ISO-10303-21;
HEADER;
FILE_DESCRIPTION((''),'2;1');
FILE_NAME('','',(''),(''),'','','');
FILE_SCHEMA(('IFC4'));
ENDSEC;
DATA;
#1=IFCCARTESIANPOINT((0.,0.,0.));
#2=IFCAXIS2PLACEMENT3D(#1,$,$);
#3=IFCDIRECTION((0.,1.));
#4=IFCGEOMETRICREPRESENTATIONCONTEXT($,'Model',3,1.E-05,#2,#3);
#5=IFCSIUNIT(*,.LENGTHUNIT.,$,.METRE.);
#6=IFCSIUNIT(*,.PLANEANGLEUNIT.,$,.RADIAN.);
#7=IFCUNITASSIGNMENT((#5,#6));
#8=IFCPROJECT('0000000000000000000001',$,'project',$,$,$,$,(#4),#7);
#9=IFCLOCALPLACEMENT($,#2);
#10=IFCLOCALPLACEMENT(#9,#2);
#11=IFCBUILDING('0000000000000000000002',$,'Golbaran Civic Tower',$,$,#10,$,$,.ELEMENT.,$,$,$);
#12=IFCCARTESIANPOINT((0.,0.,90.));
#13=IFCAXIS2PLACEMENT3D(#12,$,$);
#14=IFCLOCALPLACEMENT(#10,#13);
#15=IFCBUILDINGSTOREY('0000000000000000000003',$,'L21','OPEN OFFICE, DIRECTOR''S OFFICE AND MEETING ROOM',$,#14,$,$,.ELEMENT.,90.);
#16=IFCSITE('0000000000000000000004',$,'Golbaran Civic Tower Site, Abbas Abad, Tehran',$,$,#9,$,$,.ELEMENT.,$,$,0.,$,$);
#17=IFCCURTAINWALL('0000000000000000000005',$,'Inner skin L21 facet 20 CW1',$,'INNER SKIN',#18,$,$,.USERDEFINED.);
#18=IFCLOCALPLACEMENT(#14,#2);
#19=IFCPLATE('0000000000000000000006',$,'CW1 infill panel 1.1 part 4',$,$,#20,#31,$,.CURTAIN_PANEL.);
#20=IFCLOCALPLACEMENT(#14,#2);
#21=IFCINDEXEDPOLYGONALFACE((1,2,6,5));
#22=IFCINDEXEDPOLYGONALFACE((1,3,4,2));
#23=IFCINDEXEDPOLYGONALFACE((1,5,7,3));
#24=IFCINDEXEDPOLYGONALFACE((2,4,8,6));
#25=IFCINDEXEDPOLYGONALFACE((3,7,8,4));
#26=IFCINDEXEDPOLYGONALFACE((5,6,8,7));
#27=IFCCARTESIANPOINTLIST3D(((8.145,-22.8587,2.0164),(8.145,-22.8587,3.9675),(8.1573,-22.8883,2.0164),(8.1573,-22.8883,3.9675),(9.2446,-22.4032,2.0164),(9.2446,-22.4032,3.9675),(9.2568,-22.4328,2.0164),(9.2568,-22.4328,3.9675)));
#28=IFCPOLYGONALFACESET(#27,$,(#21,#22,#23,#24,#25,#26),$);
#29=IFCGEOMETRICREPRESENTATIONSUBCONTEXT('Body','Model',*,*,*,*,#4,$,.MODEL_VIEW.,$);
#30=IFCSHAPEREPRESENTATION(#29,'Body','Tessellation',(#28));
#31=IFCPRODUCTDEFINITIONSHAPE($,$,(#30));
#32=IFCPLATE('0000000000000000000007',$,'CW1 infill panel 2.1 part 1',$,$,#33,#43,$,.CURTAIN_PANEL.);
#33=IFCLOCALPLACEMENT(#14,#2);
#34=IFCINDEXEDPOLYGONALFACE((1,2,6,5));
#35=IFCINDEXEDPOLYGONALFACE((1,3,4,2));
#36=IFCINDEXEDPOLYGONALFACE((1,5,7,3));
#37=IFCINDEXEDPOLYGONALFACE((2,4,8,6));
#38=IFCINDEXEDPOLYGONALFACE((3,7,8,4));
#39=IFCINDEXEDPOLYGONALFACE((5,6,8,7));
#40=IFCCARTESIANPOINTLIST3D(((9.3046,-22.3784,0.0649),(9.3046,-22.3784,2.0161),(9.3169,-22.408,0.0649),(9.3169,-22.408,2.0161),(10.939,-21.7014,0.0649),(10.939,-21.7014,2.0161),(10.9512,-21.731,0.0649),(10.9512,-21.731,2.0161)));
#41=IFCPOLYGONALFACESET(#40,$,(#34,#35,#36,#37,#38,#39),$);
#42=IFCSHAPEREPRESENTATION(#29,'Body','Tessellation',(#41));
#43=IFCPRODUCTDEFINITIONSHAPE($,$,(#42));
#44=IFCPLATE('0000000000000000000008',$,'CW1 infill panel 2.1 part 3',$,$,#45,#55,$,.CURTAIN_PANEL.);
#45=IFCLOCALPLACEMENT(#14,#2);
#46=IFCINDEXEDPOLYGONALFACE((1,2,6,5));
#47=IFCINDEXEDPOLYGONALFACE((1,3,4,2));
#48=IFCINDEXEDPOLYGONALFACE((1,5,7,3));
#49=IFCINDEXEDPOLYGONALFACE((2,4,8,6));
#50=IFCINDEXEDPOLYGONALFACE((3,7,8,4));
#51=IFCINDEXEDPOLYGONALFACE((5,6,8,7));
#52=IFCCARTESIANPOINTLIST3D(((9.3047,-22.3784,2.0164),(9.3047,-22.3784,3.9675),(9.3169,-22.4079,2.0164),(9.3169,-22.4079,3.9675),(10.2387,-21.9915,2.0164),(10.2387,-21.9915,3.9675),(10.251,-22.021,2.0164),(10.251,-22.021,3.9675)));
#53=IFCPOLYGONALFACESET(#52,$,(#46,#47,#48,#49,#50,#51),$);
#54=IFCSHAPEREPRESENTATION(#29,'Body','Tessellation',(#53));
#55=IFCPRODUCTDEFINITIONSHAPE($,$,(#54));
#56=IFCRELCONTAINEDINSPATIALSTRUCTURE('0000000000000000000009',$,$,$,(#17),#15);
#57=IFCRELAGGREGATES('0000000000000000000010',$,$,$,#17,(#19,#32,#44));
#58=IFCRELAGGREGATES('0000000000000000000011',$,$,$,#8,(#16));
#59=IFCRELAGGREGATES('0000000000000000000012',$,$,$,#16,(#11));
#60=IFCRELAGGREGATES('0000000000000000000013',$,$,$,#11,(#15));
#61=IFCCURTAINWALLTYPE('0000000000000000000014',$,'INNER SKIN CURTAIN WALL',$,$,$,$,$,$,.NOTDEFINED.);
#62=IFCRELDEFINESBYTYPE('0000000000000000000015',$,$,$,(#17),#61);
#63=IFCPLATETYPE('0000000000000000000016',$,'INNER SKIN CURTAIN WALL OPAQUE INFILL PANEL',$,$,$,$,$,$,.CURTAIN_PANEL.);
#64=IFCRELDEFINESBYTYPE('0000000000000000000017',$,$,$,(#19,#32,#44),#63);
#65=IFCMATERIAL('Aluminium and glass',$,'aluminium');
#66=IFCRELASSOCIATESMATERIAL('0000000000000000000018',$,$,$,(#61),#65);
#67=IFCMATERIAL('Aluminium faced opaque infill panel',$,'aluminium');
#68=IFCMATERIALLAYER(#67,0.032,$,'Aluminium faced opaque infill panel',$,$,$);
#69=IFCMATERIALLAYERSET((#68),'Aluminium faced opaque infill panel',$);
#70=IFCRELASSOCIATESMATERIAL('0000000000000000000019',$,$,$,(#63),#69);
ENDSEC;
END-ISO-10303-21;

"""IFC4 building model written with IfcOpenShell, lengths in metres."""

from ifc_helpers import new_model, si_unit, direction, frame, origin, origin_2d, place, context, subcontext, project, spatial, rectangle, extrude, material, layer, layer_set, type_object, element, aggregate, save


model = new_model("IFC4")

# Units and contexts
model_context = context("Model", 3, precision=1e-05, world=origin(), true_north=direction((0.0, 1.0)))
body_context = subcontext(model_context, "Body", "Model", "MODEL_VIEW")
ifc_project = project(units=[si_unit("LENGTHUNIT", "METRE"), si_unit("PLANEANGLEUNIT", "RADIAN")], contexts=[model_context])

# Site, building, storey
site_placement = place(None, origin())
site = spatial("IfcSite", under=ifc_project, at=site_placement, Name="Golbaran Civic Tower Site, Abbas Abad, Tehran", CompositionType="ELEMENT", RefElevation=0.0)
building_placement = place(site_placement, origin())
building = spatial("IfcBuilding", under=site, at=building_placement, Name="Golbaran Civic Tower", CompositionType="ELEMENT")
storey_placement = place(building_placement, frame((0.0, 0.0, 90.0)))
storey = spatial("IfcBuildingStorey", under=building, at=storey_placement, Name="L21", Description="OPEN OFFICE, DIRECTOR'S OFFICE AND MEETING ROOM", CompositionType="ELEMENT", Elevation=90.0)

# Curtain wall
ifc_material_1 = material(Name="Aluminium and glass", Category="aluminium")
curtain_wall_type = type_object("IfcCurtainWallType", Name="INNER SKIN CURTAIN WALL", PredefinedType="NOTDEFINED", material=ifc_material_1)
curtain_wall_1_placement = place(storey_placement, origin())
curtain_wall_1 = element("IfcCurtainWall", 1, at=curtain_wall_1_placement, inside=storey, type_object=curtain_wall_type, Name="Inner skin L21 facet 20 CW1", ObjectType="INNER SKIN", PredefinedType="USERDEFINED")

# Plates
ifc_material_2 = material(Name="Aluminium faced opaque infill panel", Category="aluminium")
ifc_layer_1 = layer(ifc_material_2, 0.032, Name="Aluminium faced opaque infill panel")
ifc_layer_set_1 = layer_set([ifc_layer_1], Name="Aluminium faced opaque infill panel")
plate_type_1 = type_object("IfcPlateType", Name="INNER SKIN CURTAIN WALL OPAQUE INFILL PANEL", PredefinedType="CURTAIN_PANEL", material=ifc_layer_set_1)
plate_1_placement = place(storey_placement, frame((8.7009, -22.6458, 2.0164), z_axis=(0.0, 0.0, 1.0), x_axis=(0.92388, 0.382683, 0.0)))
plate_1 = element("IfcPlate", 2, at=plate_1_placement, type_object=plate_type_1, Name="CW1 infill panel 1.1 part 4", PredefinedType="CURTAIN_PANEL", context=body_context, shape_type="SweptSolid", body=[
    extrude(rectangle(XDim=1.1902, YDim=0.032, at=origin_2d()), origin(), (0.0, 0.0, 1.0), 1.9512),
])
plate_2_placement = place(storey_placement, frame((10.1279, -22.0547, 0.0649), z_axis=(0.0, 0.0, 1.0), x_axis=(0.92388, 0.382683, 0.0)))
plate_2 = element("IfcPlate", 3, at=plate_2_placement, type_object=plate_type_1, Name="CW1 infill panel 2.1 part 1", PredefinedType="CURTAIN_PANEL", context=body_context, shape_type="SweptSolid", body=[
    extrude(rectangle(XDim=1.769, YDim=0.032, at=origin_2d()), origin(), (0.0, 0.0, 1.0), 1.9512),
])
plate_3_placement = place(storey_placement, frame((9.7778, -22.1997, 2.0164), z_axis=(0.0, 0.0, 1.0), x_axis=(0.92388, 0.382683, 0.0)))
plate_3 = element("IfcPlate", 4, at=plate_3_placement, type_object=plate_type_1, Name="CW1 infill panel 2.1 part 3", PredefinedType="CURTAIN_PANEL", context=body_context, shape_type="SweptSolid", body=[
    extrude(rectangle(XDim=1.011, YDim=0.032, at=origin_2d()), origin(), (0.0, 0.0, 1.0), 1.9512),
])
aggregate(curtain_wall_1, [plate_1, plate_2, plate_3])

save(model, "model.ifc")
